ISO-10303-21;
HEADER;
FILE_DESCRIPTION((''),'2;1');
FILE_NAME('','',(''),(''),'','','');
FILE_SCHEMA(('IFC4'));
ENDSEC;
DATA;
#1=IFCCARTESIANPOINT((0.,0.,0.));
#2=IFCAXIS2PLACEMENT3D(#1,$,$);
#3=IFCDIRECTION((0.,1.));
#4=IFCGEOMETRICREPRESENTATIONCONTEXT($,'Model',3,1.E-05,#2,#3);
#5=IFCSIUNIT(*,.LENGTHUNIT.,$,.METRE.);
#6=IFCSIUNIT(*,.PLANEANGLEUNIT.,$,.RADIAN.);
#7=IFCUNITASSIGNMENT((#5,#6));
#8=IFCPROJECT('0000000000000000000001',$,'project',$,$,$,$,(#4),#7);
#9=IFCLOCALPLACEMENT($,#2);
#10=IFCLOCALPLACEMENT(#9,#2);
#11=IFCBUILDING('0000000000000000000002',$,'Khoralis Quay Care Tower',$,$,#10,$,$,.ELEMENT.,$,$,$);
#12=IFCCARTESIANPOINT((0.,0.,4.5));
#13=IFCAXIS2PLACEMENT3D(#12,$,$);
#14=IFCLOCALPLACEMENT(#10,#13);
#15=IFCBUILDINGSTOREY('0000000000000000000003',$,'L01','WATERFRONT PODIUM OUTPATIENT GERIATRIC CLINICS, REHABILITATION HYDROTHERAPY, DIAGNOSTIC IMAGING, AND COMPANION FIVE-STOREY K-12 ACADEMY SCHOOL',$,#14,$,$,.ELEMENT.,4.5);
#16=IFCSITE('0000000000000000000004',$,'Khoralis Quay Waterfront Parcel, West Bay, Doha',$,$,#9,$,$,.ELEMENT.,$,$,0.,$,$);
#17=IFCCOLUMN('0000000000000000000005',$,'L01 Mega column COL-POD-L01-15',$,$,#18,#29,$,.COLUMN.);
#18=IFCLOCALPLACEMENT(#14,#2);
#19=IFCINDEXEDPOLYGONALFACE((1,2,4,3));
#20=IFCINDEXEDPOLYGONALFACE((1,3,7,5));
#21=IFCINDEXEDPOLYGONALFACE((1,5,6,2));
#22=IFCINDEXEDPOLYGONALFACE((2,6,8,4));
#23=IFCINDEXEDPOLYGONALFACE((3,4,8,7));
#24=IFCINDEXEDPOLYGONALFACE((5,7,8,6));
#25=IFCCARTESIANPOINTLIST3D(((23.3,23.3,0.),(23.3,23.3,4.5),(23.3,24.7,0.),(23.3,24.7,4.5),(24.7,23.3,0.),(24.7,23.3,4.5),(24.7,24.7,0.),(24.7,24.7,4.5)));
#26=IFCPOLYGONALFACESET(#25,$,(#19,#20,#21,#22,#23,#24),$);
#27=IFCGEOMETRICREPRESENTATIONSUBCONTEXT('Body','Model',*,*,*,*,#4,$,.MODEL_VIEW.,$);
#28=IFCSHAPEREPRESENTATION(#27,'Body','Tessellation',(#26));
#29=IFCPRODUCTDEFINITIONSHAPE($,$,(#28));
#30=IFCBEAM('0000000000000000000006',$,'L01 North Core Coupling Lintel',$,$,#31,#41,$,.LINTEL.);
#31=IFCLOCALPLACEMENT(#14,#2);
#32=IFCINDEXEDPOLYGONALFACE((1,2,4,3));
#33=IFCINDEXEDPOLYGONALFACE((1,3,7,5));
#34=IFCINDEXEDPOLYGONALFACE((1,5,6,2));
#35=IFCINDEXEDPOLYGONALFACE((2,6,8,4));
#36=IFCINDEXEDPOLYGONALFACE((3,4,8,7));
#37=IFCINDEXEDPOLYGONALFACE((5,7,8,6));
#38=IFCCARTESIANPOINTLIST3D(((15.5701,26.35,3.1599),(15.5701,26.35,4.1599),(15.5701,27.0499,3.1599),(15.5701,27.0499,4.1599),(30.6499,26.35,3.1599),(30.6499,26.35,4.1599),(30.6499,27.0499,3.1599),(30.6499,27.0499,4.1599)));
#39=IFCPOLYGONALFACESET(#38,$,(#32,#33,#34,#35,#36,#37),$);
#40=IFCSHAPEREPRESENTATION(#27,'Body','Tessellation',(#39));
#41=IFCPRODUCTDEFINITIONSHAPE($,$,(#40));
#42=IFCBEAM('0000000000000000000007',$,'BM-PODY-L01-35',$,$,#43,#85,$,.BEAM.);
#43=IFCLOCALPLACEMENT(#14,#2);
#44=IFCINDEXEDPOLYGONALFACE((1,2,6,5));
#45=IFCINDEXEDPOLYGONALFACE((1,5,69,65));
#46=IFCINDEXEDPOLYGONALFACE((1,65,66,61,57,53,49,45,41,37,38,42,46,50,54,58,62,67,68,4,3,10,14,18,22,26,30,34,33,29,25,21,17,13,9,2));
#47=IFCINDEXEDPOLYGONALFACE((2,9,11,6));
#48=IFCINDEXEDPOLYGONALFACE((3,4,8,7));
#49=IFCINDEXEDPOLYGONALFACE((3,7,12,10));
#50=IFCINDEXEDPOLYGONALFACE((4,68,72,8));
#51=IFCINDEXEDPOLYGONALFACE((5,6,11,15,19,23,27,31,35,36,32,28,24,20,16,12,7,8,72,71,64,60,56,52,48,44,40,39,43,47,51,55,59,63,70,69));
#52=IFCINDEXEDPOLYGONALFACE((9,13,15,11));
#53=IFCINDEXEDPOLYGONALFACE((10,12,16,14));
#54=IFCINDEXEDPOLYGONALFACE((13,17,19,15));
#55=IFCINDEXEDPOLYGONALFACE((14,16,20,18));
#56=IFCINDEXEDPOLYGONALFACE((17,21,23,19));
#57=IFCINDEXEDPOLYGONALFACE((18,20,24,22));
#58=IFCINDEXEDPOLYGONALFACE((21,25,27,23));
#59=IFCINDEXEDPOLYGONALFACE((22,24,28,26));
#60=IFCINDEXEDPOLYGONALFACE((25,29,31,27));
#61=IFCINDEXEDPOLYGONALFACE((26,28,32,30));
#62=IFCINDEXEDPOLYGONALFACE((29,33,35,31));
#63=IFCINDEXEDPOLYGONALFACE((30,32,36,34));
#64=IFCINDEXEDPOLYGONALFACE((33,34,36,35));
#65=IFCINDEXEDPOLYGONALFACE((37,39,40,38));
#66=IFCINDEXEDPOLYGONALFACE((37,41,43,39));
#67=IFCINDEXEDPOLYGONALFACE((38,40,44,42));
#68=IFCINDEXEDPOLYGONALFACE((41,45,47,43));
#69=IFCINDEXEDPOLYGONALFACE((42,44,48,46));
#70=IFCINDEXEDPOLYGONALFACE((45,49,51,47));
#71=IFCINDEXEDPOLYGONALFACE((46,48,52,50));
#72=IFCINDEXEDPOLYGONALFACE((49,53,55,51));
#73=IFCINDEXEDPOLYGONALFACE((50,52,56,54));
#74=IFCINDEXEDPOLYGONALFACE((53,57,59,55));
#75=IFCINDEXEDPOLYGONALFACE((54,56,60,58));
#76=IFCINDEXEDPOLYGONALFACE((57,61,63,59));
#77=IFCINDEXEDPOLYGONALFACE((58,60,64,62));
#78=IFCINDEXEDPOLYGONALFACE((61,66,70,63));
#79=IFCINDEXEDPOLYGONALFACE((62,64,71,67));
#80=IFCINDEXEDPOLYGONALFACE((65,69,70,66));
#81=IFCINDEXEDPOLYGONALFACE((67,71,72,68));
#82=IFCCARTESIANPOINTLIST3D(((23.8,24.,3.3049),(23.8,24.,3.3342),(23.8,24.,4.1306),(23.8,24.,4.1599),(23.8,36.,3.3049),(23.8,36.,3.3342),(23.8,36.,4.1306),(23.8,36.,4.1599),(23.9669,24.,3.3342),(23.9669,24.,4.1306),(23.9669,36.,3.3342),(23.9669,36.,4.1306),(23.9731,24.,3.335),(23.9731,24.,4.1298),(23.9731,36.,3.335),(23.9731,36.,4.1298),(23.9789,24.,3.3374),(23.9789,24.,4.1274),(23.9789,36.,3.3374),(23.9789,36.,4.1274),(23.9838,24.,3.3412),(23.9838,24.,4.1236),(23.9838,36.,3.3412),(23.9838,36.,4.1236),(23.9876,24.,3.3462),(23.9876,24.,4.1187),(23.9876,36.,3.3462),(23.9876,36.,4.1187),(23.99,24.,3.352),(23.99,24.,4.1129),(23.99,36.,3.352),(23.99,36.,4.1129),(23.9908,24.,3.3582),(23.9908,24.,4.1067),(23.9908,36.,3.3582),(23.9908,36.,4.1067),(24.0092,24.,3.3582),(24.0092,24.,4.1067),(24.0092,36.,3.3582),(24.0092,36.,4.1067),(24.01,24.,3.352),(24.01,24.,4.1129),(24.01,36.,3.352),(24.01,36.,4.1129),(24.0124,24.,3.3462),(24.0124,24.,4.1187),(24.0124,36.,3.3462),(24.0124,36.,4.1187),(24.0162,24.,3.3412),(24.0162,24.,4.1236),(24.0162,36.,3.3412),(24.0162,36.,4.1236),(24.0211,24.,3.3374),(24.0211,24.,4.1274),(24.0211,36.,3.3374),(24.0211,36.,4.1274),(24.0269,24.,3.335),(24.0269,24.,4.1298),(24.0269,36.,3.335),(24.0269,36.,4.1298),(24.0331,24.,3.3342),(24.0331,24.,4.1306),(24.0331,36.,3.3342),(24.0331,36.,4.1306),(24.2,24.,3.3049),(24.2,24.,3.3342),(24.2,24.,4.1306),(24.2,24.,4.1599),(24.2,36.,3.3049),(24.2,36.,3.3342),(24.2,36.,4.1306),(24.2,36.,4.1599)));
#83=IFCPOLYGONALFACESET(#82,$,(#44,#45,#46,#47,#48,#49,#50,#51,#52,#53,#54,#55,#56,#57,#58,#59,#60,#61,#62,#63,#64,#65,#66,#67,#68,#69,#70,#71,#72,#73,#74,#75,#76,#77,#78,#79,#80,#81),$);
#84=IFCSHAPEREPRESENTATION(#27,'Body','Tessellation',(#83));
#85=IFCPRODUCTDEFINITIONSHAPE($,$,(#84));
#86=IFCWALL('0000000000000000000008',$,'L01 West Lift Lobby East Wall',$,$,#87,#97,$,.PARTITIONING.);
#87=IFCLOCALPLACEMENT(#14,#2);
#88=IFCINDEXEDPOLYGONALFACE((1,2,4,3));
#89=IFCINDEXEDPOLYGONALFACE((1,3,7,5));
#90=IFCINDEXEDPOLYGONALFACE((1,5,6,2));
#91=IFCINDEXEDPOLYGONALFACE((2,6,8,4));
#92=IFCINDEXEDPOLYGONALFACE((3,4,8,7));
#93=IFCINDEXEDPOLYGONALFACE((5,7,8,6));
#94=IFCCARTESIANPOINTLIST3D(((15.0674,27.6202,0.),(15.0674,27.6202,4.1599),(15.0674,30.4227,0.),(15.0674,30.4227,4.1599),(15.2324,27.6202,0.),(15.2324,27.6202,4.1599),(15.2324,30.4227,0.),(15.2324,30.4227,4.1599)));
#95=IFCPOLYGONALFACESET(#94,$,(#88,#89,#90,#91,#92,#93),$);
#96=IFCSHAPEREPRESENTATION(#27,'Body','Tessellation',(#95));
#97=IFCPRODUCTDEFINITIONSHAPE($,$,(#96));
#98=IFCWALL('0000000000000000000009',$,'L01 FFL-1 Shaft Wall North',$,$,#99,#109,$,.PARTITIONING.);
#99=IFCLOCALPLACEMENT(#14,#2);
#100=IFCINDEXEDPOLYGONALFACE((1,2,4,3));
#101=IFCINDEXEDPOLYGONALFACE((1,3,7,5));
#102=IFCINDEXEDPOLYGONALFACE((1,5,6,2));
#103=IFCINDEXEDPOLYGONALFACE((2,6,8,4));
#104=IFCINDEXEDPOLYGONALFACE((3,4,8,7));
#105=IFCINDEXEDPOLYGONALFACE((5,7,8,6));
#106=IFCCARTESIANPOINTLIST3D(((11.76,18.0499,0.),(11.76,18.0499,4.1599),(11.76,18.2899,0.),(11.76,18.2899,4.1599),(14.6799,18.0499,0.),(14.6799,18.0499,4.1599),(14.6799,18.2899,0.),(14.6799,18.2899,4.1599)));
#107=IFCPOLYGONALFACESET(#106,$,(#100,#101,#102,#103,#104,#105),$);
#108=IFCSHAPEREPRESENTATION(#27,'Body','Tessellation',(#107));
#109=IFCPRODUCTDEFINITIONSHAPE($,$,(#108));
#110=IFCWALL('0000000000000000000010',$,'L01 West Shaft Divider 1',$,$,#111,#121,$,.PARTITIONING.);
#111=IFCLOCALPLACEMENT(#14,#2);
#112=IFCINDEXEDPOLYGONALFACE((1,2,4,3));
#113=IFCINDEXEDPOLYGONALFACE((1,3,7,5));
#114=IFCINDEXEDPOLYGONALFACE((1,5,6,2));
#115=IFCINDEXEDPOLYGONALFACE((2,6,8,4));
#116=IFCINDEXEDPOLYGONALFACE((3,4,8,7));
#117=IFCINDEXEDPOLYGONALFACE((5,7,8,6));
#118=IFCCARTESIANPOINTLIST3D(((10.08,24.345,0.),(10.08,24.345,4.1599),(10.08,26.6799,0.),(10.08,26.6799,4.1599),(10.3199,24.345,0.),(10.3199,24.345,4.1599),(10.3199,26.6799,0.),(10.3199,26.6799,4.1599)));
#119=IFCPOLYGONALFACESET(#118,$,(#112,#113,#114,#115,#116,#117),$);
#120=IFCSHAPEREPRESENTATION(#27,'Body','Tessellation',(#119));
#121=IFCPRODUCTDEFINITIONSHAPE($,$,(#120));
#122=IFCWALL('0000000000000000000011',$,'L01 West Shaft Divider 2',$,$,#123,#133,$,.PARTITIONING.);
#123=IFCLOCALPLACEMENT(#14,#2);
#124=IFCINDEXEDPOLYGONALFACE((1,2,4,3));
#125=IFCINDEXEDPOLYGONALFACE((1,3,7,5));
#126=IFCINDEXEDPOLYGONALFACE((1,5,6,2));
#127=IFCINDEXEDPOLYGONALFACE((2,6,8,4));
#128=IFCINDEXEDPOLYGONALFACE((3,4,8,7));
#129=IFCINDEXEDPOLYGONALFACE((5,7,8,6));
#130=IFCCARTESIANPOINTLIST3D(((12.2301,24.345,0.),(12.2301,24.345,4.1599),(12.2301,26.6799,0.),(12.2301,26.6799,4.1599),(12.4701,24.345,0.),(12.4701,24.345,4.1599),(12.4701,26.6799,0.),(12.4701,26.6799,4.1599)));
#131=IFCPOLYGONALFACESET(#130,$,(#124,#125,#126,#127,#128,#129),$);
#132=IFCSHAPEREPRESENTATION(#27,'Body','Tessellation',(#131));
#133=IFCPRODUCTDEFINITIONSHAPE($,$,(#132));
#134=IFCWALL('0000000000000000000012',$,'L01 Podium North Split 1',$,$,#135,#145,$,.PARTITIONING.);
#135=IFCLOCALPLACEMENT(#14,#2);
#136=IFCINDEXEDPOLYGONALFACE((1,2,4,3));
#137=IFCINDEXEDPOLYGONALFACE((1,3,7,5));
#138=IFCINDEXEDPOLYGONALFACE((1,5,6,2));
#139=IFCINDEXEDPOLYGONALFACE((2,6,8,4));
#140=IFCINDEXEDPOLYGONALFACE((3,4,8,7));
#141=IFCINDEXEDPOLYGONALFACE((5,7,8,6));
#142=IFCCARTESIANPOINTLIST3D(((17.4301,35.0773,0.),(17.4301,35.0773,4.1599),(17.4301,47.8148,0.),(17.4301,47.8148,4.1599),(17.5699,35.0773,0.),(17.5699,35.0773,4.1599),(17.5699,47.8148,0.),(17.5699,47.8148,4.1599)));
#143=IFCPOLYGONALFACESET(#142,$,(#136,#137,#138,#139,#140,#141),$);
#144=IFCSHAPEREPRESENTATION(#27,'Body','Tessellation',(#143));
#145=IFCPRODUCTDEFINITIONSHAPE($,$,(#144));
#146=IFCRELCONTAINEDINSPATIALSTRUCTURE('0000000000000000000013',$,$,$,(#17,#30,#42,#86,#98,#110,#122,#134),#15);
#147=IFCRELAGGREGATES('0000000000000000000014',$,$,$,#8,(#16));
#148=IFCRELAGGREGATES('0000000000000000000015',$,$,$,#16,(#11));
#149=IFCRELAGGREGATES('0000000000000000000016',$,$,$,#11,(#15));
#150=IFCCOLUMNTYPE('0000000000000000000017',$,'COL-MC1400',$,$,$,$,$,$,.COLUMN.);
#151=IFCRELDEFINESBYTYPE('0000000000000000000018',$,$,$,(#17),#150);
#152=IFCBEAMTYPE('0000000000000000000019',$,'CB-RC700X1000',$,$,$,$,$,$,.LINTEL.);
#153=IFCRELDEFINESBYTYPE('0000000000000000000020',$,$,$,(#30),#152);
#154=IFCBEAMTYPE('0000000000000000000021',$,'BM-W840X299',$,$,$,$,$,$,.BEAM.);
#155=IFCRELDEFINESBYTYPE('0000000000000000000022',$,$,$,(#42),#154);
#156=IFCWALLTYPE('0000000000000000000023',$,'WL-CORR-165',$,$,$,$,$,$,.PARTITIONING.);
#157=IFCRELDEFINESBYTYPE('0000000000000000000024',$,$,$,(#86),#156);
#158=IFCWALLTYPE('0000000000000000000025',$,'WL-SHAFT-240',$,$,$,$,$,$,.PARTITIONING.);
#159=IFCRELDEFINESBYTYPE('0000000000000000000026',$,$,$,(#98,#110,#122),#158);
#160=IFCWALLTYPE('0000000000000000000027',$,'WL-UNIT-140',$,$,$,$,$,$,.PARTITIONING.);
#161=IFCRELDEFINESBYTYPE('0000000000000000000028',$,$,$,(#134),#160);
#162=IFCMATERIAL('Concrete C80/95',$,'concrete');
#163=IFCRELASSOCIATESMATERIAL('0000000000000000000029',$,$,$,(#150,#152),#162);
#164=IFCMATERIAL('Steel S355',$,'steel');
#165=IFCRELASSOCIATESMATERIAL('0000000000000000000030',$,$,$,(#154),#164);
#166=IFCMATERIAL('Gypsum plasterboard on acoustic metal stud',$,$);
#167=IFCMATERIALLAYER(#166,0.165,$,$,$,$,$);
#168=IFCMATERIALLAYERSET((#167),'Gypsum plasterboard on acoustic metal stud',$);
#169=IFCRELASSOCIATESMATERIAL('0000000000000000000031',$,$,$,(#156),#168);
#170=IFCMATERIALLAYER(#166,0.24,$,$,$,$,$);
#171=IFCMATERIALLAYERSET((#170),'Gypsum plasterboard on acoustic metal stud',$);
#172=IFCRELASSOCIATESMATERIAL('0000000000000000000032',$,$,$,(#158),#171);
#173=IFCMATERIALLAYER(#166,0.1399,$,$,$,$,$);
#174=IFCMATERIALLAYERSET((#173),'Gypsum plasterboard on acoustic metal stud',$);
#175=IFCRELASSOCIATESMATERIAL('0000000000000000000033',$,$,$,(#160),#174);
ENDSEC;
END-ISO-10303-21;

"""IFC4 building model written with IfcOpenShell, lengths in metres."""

from ifc_helpers import new_model, si_unit, direction, frame, frame_2d, origin, origin_2d, place, context, subcontext, project, spatial, rectangle, i_section, extrude, source, transform, mapped, material, layer, layer_set, material_profile, profile_set, type_object, element, save


model = new_model("IFC4")

# Units and contexts
model_context = context("Model", 3, precision=1e-05, world=origin(), true_north=direction((0.0, 1.0)))
body_context = subcontext(model_context, "Body", "Model", "MODEL_VIEW")
ifc_project = project(units=[si_unit("LENGTHUNIT", "METRE"), si_unit("PLANEANGLEUNIT", "RADIAN")], contexts=[model_context])

# Site, building, storey
site_placement = place(None, origin())
site = spatial("IfcSite", under=ifc_project, at=site_placement, Name="Khoralis Quay Waterfront Parcel, West Bay, Doha", CompositionType="ELEMENT", RefElevation=0.0)
building_placement = place(site_placement, origin())
building = spatial("IfcBuilding", under=site, at=building_placement, Name="Khoralis Quay Care Tower", CompositionType="ELEMENT")
storey_placement = place(building_placement, frame((0.0, 0.0, 4.5)))
storey = spatial("IfcBuildingStorey", under=building, at=storey_placement, Name="L01", Description="WATERFRONT PODIUM OUTPATIENT GERIATRIC CLINICS, REHABILITATION HYDROTHERAPY, DIAGNOSTIC IMAGING, AND COMPANION FIVE-STOREY K-12 ACADEMY SCHOOL", CompositionType="ELEMENT", Elevation=4.5)

# Column
ifc_material_1 = material(Name="Concrete C80/95", Category="concrete")
ifc_material_profile_1 = material_profile(ifc_material_1, rectangle(XDim=1.3999, YDim=1.3999, at=origin_2d()), Name="Concrete C80/95")
ifc_profile_set_1 = profile_set([ifc_material_profile_1], Name="Concrete C80/95")
column_type = type_object("IfcColumnType", Name="COL-MC1400", PredefinedType="COLUMN", material=ifc_profile_set_1)
shared_shape_1 = source(origin(), body_context, "Body", "SweptSolid", [
    extrude(rectangle(XDim=1.3999, YDim=1.3999, at=origin_2d()), origin(), (0.0, 0.0, 1.0), 4.5),
])
column_placement = place(storey_placement, frame((24.0, 24.0, 0.0), z_axis=(0.0, 0.0, 1.0), x_axis=(1.0, 0.0, 0.0)))
element("IfcColumn", 1, at=column_placement, inside=storey, type_object=column_type, Name="L01 Mega column COL-POD-L01-15", PredefinedType="COLUMN", context=body_context, shape_type="MappedRepresentation", body=[
    mapped(shared_shape_1, transform((0.0, 0.0, 0.0), scale=1.0)),
])

# Beams
ifc_material_profile_2 = material_profile(ifc_material_1, rectangle(XDim=0.7, YDim=1.0, at=origin_2d()), Name="Concrete C80/95")
ifc_profile_set_2 = profile_set([ifc_material_profile_2], Name="Concrete C80/95")
beam_type_1 = type_object("IfcBeamType", Name="CB-RC700X1000", PredefinedType="LINTEL", material=ifc_profile_set_2)
shared_shape_2 = source(origin(), body_context, "Body", "SweptSolid", [
    extrude(rectangle(XDim=0.7, YDim=1.0, at=origin_2d()), origin(), (0.0, 0.0, 1.0), 15.0798),
])
beam_1_placement = place(storey_placement, frame((15.5701, 26.7, 3.6599), z_axis=(1.0, 0.0, 0.0), x_axis=(0.0, 1.0, 0.0)))
element("IfcBeam", 2, at=beam_1_placement, inside=storey, type_object=beam_type_1, Name="L01 North Core Coupling Lintel", PredefinedType="LINTEL", context=body_context, shape_type="MappedRepresentation", body=[
    mapped(shared_shape_2, transform((0.0, 0.0, 0.0), scale=1.0)),
])
ifc_material_2 = material(Name="Steel S355", Category="steel")
ifc_material_profile_3 = material_profile(ifc_material_2, i_section(OverallWidth=0.3999, OverallDepth=0.855, WebThickness=0.0183, FlangeThickness=0.0293, FilletRadius=0.0239, at=origin_2d()), Name="Steel S355")
ifc_profile_set_3 = profile_set([ifc_material_profile_3], Name="Steel S355")
beam_type_2 = type_object("IfcBeamType", Name="BM-W840X299", PredefinedType="BEAM", material=ifc_profile_set_3)
shared_shape_3 = source(origin(), body_context, "Body", "SweptSolid", [
    extrude(i_section(OverallWidth=0.3999, OverallDepth=0.855, WebThickness=0.0183, FlangeThickness=0.0293, FilletRadius=0.0239, at=origin_2d()), origin(), (0.0, 0.0, 1.0), 12.0),
])
beam_2_placement = place(storey_placement, frame((24.0, 24.0, 3.7324), z_axis=(0.0, 1.0, 0.0), x_axis=(-1.0, 0.0, 0.0)))
element("IfcBeam", 3, at=beam_2_placement, inside=storey, type_object=beam_type_2, Name="BM-PODY-L01-35", PredefinedType="BEAM", context=body_context, shape_type="MappedRepresentation", body=[
    mapped(shared_shape_3, transform((0.0, 0.0, 0.0), scale=1.0)),
])

# Walls
ifc_material_3 = material(Name="Gypsum plasterboard on acoustic metal stud")
ifc_layer_1 = layer(ifc_material_3, 0.165)
ifc_layer_set_1 = layer_set([ifc_layer_1], Name="Gypsum plasterboard on acoustic metal stud")
wall_type_1 = type_object("IfcWallType", Name="WL-CORR-165", PredefinedType="PARTITIONING", material=ifc_layer_set_1)
wall_1_placement = place(storey_placement, frame((15.1499, 27.6201, 0.0), z_axis=(0.0, 0.0, 1.0), x_axis=(0.0, 1.0, 0.0)))
element("IfcWall", 4, at=wall_1_placement, inside=storey, type_object=wall_type_1, Name="L01 West Lift Lobby East Wall", PredefinedType="PARTITIONING", context=body_context, shape_type="SweptSolid", body=[
    extrude(rectangle(XDim=2.8025, YDim=0.165, at=frame_2d((1.4014, 0.0))), origin(), (0.0, 0.0, 1.0), 4.1599),
])
ifc_layer_2 = layer(ifc_material_3, 0.24)
ifc_layer_set_2 = layer_set([ifc_layer_2], Name="Gypsum plasterboard on acoustic metal stud")
wall_type_2 = type_object("IfcWallType", Name="WL-SHAFT-240", PredefinedType="PARTITIONING", material=ifc_layer_set_2)
wall_2_placement = place(storey_placement, frame((11.76, 18.1699, 0.0), z_axis=(0.0, 0.0, 1.0), x_axis=(1.0, 0.0, 0.0)))
element("IfcWall", 5, at=wall_2_placement, inside=storey, type_object=wall_type_2, Name="L01 FFL-1 Shaft Wall North", PredefinedType="PARTITIONING", context=body_context, shape_type="SweptSolid", body=[
    extrude(rectangle(XDim=2.9199, YDim=0.24, at=frame_2d((1.46, 0.0))), origin(), (0.0, 0.0, 1.0), 4.1599),
])
for number, where, z_axis, x_axis, name in (
    (6, (10.2, 24.345, 0.0), (0.0, 0.0, 1.0), (0.0, 1.0, 0.0), "L01 West Shaft Divider 1"),
    (7, (12.3501, 24.345, 0.0), (0.0, 0.0, 1.0), (0.0, 1.0, 0.0), "L01 West Shaft Divider 2"),
):
    element("IfcWall", number, at=place(storey_placement, frame(where, z_axis=z_axis, x_axis=x_axis)), inside=storey, type_object=wall_type_2, Name=name, PredefinedType="PARTITIONING", context=body_context, shape_type="SweptSolid", body=[
        extrude(rectangle(XDim=2.335, YDim=0.24, at=frame_2d((1.1675, 0.0))), origin(), (0.0, 0.0, 1.0), 4.1599),
    ])
ifc_layer_3 = layer(ifc_material_3, 0.1399)
ifc_layer_set_3 = layer_set([ifc_layer_3], Name="Gypsum plasterboard on acoustic metal stud")
wall_type_3 = type_object("IfcWallType", Name="WL-UNIT-140", PredefinedType="PARTITIONING", material=ifc_layer_set_3)
wall_3_placement = place(storey_placement, frame((17.5, 35.0774, 0.0), z_axis=(0.0, 0.0, 1.0), x_axis=(0.0, 1.0, 0.0)))
element("IfcWall", 8, at=wall_3_placement, inside=storey, type_object=wall_type_3, Name="L01 Podium North Split 1", PredefinedType="PARTITIONING", context=body_context, shape_type="SweptSolid", body=[
    extrude(rectangle(XDim=12.7375, YDim=0.1399, at=frame_2d((6.3687, 0.0))), origin(), (0.0, 0.0, 1.0), 4.1599),
])

save(model, "model.ifc")
